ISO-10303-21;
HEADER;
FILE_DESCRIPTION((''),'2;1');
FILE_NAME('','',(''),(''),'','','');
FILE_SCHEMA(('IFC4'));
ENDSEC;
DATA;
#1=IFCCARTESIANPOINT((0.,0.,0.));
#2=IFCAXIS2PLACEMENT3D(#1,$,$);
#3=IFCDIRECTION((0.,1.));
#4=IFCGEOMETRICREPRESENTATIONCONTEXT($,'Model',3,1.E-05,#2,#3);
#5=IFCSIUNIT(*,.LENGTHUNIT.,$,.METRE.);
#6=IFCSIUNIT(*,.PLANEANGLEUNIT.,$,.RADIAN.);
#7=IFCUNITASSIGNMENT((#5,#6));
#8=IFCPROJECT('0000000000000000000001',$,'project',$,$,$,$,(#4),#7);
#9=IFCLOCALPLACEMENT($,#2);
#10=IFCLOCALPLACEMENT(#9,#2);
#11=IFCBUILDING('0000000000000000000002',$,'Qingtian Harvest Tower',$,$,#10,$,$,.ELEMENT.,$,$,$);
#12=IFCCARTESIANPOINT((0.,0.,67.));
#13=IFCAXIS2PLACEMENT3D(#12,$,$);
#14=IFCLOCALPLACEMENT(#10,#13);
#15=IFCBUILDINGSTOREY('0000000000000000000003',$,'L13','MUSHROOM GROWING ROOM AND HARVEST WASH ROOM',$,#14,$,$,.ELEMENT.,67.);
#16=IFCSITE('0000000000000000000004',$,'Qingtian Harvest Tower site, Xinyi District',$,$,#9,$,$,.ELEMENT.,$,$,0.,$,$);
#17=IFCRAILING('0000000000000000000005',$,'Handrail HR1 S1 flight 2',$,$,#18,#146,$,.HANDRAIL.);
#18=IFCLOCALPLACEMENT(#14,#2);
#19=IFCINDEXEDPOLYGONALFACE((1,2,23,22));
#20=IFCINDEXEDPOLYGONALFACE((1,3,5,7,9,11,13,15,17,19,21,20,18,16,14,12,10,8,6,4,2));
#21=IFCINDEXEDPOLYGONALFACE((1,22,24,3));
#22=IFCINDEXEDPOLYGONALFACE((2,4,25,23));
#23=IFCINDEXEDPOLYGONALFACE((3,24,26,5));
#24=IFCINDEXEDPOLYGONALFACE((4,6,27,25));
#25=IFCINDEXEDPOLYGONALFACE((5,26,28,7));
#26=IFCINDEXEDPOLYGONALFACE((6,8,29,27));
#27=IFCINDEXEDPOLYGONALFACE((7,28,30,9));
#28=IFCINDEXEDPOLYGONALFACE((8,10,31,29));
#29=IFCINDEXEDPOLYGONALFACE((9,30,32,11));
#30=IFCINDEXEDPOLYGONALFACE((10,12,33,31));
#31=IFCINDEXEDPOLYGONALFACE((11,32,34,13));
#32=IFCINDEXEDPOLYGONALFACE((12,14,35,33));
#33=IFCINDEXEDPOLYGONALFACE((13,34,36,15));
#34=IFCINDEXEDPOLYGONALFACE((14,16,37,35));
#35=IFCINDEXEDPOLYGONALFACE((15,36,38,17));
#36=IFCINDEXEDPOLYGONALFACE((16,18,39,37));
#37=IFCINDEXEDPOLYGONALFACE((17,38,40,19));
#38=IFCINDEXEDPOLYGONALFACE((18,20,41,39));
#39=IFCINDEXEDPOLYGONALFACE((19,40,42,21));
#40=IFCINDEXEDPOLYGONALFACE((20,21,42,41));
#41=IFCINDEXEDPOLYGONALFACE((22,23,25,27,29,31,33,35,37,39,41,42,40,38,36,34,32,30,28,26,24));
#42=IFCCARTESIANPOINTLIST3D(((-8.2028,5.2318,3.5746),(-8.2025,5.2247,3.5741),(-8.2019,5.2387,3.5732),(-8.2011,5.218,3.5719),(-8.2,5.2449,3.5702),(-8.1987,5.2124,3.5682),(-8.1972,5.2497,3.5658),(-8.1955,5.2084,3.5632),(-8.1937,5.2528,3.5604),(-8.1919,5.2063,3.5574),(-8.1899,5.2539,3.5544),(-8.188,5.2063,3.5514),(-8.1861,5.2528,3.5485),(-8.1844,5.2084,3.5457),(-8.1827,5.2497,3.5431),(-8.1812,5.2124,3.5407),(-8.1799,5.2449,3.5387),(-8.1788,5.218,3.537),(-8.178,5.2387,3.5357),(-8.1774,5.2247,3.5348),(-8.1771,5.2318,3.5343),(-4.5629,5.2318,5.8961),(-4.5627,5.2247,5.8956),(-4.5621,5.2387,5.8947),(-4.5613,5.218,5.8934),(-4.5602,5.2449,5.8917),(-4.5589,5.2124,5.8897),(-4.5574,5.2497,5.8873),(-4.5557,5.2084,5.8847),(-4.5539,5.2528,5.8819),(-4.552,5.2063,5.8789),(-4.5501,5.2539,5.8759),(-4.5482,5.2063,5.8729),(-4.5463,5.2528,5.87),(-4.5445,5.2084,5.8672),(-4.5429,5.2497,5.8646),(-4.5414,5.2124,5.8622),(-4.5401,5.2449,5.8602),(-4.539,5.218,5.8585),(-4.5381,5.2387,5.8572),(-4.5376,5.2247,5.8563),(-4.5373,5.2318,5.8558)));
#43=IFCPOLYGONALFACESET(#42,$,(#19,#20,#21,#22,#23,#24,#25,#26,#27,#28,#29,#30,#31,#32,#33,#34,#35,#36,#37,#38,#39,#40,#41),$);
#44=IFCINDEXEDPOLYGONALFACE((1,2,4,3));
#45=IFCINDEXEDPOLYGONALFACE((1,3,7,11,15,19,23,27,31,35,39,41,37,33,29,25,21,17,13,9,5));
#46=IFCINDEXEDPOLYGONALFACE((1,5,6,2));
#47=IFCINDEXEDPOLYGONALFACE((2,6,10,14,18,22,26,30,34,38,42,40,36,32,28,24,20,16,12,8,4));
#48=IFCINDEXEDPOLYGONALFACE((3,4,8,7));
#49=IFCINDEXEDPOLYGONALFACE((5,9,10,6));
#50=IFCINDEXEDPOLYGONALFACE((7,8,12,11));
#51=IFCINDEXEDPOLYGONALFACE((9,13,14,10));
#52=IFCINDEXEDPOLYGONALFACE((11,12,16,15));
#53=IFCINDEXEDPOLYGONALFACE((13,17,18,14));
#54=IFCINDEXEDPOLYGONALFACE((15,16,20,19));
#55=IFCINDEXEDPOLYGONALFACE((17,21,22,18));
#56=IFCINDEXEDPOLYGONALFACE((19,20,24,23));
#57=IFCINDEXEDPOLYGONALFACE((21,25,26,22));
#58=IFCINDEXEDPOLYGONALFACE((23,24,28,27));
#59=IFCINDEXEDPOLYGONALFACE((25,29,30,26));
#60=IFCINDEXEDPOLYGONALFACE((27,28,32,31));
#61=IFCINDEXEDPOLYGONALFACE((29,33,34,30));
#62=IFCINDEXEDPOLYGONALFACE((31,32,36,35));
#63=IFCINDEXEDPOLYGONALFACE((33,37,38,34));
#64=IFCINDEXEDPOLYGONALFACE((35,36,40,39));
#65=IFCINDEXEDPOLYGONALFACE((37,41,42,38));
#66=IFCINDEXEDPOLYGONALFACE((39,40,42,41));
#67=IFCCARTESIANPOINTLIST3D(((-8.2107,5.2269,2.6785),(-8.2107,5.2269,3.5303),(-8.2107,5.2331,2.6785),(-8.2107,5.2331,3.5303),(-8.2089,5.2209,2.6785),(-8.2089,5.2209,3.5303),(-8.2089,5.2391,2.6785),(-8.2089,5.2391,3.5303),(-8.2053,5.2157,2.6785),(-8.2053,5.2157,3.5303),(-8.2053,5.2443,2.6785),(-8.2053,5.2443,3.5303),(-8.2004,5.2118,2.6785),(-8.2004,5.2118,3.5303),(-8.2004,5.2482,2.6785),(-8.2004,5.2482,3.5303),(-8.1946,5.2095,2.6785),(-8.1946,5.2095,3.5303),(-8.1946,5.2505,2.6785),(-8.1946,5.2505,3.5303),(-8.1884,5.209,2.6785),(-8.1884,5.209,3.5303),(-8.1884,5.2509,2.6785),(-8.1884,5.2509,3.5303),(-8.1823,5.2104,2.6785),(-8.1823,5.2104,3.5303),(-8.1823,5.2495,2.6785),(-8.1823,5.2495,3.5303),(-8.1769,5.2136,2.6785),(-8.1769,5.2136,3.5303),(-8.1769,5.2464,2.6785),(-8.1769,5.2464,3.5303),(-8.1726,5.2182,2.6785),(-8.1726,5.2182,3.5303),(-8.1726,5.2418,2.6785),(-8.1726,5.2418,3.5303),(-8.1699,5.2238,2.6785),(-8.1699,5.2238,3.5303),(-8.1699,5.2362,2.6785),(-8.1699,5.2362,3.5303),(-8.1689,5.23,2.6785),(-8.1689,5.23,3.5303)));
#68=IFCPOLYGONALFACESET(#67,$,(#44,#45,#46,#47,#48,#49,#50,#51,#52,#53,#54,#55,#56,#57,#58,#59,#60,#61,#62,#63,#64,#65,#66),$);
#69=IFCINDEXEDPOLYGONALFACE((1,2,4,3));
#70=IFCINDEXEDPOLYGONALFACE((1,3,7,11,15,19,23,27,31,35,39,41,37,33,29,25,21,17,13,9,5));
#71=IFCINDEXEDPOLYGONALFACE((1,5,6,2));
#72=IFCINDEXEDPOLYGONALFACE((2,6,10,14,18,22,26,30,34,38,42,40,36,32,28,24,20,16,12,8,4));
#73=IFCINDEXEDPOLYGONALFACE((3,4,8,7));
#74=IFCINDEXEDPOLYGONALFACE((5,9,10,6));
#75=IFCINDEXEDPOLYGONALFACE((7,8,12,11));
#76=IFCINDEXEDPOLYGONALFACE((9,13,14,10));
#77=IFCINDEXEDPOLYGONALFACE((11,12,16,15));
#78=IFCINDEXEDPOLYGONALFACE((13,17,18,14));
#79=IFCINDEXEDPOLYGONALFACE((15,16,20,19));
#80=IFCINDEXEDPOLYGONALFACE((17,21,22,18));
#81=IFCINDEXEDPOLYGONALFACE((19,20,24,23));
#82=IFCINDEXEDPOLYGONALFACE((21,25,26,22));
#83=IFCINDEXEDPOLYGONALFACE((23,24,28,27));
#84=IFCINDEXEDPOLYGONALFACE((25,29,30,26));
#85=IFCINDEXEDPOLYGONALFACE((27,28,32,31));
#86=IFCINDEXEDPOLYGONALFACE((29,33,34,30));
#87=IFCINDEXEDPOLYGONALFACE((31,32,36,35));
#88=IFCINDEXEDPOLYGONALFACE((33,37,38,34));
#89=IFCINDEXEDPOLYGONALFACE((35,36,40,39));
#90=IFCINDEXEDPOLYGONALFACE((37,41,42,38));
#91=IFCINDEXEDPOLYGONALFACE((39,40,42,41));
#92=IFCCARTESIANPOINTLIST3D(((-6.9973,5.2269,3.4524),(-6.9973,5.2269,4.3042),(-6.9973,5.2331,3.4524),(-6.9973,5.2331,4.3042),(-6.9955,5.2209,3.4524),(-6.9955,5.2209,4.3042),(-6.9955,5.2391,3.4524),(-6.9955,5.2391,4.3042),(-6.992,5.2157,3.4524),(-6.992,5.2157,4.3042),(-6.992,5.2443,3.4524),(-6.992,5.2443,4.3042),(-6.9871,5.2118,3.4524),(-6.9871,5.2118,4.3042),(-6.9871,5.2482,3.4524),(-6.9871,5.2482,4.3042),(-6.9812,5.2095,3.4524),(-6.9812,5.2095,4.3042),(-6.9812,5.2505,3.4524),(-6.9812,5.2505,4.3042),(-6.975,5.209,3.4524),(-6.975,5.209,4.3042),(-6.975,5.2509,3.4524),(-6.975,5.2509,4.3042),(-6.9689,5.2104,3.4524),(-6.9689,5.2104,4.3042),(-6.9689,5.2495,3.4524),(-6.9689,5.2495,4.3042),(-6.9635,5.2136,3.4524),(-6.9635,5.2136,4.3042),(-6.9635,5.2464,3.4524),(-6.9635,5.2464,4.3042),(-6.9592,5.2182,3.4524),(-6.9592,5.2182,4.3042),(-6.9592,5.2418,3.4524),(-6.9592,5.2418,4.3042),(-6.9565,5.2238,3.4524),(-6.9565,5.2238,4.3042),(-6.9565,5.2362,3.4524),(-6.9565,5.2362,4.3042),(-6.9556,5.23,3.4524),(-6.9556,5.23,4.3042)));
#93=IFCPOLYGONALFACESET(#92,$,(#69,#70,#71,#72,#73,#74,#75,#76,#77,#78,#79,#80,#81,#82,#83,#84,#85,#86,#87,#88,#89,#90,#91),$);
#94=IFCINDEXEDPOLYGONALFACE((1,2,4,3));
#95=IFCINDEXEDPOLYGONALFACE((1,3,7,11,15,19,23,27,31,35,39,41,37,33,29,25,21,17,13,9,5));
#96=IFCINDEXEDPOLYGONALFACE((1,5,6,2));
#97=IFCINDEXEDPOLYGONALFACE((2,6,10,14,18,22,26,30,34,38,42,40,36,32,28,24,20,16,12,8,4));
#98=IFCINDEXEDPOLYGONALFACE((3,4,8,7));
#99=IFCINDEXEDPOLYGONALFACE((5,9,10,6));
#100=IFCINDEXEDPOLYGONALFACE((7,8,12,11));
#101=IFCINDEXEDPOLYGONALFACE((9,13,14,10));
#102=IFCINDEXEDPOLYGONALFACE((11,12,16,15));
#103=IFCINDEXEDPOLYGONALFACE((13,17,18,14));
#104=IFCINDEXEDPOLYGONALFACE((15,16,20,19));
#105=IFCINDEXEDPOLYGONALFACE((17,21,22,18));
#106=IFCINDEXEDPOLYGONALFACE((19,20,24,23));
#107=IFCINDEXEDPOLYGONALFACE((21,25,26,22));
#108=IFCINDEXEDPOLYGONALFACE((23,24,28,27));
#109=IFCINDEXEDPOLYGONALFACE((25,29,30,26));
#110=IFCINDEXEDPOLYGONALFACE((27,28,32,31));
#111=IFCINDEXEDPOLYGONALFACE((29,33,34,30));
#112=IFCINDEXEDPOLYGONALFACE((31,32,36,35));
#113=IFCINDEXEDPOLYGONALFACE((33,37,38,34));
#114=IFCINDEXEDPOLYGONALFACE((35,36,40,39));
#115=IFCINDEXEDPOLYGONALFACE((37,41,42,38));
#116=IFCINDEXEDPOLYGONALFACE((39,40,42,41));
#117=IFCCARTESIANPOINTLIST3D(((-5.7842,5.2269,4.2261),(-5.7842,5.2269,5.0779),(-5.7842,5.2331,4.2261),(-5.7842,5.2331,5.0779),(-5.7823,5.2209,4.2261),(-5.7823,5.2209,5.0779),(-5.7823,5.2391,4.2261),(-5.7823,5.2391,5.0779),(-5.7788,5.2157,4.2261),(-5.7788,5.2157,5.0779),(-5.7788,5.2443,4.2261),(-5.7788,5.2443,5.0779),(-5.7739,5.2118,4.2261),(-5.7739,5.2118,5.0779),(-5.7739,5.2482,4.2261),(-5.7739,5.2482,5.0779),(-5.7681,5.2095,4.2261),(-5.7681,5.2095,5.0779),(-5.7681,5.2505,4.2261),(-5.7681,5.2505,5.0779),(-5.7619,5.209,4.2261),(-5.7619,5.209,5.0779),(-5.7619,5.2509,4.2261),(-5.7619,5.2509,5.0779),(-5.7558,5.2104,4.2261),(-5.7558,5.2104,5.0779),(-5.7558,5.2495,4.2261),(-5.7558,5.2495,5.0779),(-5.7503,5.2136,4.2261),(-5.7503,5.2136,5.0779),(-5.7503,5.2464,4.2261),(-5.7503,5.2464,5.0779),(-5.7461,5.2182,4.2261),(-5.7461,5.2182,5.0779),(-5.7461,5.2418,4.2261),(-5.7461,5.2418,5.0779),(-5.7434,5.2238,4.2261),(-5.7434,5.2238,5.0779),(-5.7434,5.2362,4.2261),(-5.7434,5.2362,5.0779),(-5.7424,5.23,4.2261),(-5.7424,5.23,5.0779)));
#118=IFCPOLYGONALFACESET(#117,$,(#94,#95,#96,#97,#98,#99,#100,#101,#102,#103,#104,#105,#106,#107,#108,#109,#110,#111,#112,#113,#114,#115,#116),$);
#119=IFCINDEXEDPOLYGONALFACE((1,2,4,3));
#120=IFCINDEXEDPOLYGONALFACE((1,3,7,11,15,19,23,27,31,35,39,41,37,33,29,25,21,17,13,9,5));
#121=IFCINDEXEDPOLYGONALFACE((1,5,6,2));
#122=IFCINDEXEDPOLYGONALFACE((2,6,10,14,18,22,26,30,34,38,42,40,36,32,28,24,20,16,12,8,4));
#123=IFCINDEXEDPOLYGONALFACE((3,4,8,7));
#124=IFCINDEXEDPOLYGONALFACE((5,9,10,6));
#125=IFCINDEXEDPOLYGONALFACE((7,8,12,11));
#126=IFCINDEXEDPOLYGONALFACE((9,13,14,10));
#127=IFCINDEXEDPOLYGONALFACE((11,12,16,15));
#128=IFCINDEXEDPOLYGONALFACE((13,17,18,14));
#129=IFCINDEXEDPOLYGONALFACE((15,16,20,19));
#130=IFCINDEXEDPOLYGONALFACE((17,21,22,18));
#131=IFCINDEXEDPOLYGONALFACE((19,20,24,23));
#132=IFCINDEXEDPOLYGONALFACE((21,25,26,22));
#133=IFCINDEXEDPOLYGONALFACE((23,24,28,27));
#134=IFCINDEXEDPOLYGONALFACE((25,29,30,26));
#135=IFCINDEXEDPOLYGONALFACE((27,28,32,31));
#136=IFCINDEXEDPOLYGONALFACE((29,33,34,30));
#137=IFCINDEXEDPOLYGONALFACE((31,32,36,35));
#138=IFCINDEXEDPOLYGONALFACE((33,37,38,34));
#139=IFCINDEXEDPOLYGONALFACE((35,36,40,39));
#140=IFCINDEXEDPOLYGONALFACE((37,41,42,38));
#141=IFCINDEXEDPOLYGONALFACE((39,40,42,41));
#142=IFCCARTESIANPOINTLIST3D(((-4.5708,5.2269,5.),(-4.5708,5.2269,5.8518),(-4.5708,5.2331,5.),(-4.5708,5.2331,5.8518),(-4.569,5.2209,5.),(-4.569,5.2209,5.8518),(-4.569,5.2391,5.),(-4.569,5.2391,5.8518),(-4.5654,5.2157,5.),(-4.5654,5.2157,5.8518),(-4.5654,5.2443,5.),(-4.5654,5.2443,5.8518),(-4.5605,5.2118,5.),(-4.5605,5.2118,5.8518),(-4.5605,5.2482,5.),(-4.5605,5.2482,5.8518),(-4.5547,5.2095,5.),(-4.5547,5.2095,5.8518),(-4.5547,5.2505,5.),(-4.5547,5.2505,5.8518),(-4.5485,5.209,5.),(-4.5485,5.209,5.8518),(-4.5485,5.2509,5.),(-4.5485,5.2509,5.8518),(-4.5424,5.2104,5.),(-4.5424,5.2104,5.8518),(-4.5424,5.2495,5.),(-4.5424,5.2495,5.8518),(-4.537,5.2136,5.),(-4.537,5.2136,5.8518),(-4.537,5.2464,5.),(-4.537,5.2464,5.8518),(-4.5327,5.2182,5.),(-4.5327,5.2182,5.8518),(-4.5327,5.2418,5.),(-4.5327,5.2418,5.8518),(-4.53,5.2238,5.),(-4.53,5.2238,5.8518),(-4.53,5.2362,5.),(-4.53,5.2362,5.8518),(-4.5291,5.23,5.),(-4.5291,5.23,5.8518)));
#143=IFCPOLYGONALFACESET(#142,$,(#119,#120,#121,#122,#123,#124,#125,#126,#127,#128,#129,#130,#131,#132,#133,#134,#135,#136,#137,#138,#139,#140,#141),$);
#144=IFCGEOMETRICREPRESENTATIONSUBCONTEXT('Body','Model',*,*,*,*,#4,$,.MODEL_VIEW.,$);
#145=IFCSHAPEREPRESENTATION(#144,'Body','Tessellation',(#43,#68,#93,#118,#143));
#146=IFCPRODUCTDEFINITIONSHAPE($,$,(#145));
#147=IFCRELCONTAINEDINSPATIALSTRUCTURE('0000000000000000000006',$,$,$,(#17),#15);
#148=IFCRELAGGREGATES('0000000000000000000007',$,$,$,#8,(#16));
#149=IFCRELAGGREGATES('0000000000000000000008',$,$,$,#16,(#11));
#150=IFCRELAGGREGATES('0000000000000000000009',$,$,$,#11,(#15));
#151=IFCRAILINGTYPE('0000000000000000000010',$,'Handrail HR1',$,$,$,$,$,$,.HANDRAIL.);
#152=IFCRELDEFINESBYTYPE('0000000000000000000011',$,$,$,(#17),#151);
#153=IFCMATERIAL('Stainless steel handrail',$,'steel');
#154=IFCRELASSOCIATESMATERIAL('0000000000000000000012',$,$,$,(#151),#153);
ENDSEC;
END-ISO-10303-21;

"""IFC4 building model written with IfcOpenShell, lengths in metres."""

from ifc_helpers import new_model, si_unit, direction, frame, origin, origin_2d, place, context, subcontext, project, spatial, circle, extrude, material, type_object, element, save


model = new_model("IFC4")

# Units and contexts
model_context = context("Model", 3, precision=1e-05, world=origin(), true_north=direction((0.0, 1.0)))
body_context = subcontext(model_context, "Body", "Model", "MODEL_VIEW")
ifc_project = project(units=[si_unit("LENGTHUNIT", "METRE"), si_unit("PLANEANGLEUNIT", "RADIAN")], contexts=[model_context])

# Site, building, storey
site_placement = place(None, origin())
site = spatial("IfcSite", under=ifc_project, at=site_placement, Name="Qingtian Harvest Tower site, Xinyi District", CompositionType="ELEMENT", RefElevation=0.0)
building_placement = place(site_placement, origin())
building = spatial("IfcBuilding", under=site, at=building_placement, Name="Qingtian Harvest Tower", CompositionType="ELEMENT")
storey_placement = place(building_placement, frame((0.0, 0.0, 67.0)))
storey = spatial("IfcBuildingStorey", under=building, at=storey_placement, Name="L13", Description="MUSHROOM GROWING ROOM AND HARVEST WASH ROOM", CompositionType="ELEMENT", Elevation=67.0)

# Railing
ifc_material_1 = material(Name="Stainless steel handrail", Category="steel")
railing_type = type_object("IfcRailingType", Name="Handrail HR1", PredefinedType="HANDRAIL", material=ifc_material_1)
railing_1_placement = place(storey_placement, frame((-8.1899, 5.23, 2.6785)))
element("IfcRailing", 1, at=railing_1_placement, inside=storey, type_object=railing_type, Name="Handrail HR1 S1 flight 2", PredefinedType="HANDRAIL", context=body_context, shape_type="SweptSolid", body=[
    extrude(circle(Radius=0.0239, at=origin_2d()), frame((0.0, 0.0, 0.876), z_axis=(0.843112, 0.0, 0.537739), x_axis=(0.0, 1.0, 0.0)), (0.0, 0.0, 1.0), 4.3171),
    extrude(circle(Radius=0.021, at=origin_2d()), origin(), (0.0, 0.0, 1.0), 0.8518),
    extrude(circle(Radius=0.021, at=origin_2d()), frame((1.2134, 0.0, 0.7739)), (0.0, 0.0, 1.0), 0.8518),
    extrude(circle(Radius=0.021, at=origin_2d()), frame((2.4265, 0.0, 1.5476)), (0.0, 0.0, 1.0), 0.8518),
    extrude(circle(Radius=0.021, at=origin_2d()), frame((3.6399, 0.0, 2.3215)), (0.0, 0.0, 1.0), 0.8518),
])

save(model, "model.ifc")
